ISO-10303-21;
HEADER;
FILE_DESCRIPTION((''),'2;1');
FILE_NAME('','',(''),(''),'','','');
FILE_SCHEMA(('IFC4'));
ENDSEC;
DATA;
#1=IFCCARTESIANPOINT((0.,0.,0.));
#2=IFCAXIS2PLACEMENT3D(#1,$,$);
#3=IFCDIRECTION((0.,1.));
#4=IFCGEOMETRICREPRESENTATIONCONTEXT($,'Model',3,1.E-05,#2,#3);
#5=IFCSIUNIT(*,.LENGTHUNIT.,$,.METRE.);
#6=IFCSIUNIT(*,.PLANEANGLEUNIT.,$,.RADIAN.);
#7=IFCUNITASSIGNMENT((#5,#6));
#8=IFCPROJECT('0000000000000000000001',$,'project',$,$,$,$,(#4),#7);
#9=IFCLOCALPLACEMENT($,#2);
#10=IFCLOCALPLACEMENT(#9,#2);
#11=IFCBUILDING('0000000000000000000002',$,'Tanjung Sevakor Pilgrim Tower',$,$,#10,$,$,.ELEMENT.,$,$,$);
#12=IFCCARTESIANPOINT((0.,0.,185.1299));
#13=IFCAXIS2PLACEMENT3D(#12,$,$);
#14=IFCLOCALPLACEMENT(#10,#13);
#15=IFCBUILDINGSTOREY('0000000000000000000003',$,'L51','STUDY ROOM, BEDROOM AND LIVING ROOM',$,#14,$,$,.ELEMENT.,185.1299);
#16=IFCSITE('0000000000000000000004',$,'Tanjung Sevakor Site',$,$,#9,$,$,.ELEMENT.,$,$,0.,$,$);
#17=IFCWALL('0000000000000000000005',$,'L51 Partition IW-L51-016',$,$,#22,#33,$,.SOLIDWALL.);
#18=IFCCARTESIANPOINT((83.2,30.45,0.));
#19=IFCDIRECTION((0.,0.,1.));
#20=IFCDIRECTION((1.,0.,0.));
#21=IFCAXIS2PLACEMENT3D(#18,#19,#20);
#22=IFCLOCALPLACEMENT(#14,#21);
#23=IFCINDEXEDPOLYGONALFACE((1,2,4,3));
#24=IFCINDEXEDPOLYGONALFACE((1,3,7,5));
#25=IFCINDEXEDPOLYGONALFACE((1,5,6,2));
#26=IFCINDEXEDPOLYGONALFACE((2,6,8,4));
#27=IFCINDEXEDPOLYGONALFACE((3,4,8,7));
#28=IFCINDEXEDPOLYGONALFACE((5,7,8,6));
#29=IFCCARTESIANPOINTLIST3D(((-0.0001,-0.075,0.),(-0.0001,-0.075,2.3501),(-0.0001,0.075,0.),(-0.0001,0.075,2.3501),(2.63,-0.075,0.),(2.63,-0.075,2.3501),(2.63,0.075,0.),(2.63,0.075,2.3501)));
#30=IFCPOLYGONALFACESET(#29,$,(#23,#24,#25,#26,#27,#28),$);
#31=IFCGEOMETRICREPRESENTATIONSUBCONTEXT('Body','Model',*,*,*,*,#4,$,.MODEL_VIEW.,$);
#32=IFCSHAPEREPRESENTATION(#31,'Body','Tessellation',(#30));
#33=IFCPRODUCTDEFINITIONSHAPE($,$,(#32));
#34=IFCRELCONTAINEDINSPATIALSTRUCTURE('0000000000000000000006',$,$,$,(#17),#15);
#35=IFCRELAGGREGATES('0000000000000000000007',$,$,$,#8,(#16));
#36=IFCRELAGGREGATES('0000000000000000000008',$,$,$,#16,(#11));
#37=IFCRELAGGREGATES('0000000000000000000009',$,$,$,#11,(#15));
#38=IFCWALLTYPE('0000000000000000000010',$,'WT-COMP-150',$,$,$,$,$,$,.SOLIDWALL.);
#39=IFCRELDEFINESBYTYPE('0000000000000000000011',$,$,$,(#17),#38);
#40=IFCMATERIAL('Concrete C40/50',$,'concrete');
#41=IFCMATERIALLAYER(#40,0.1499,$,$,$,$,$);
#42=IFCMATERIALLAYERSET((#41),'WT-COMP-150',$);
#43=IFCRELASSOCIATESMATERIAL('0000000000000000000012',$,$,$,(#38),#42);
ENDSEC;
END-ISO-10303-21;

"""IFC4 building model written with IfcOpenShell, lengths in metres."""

from ifc_helpers import new_model, si_unit, direction, frame, frame_2d, origin, place, context, subcontext, project, spatial, rectangle, extrude, material, layer, layer_set, type_object, element, save


model = new_model("IFC4")

# Units and contexts
model_context = context("Model", 3, precision=1e-05, world=origin(), true_north=direction((0.0, 1.0)))
body_context = subcontext(model_context, "Body", "Model", "MODEL_VIEW")
ifc_project = project(units=[si_unit("LENGTHUNIT", "METRE"), si_unit("PLANEANGLEUNIT", "RADIAN")], contexts=[model_context])

# Site, building, storey
site_placement = place(None, origin())
site = spatial("IfcSite", under=ifc_project, at=site_placement, Name="Tanjung Sevakor Site", CompositionType="ELEMENT", RefElevation=0.0)
building_placement = place(site_placement, origin())
building = spatial("IfcBuilding", under=site, at=building_placement, Name="Tanjung Sevakor Pilgrim Tower", CompositionType="ELEMENT")
storey_placement = place(building_placement, frame((0.0, 0.0, 185.1299)))
storey = spatial("IfcBuildingStorey", under=building, at=storey_placement, Name="L51", Description="STUDY ROOM, BEDROOM AND LIVING ROOM", CompositionType="ELEMENT", Elevation=185.1299)

# Wall
ifc_material_1 = material(Name="Concrete C40/50", Category="concrete")
ifc_layer_1 = layer(ifc_material_1, 0.1499)
ifc_layer_set_1 = layer_set([ifc_layer_1], Name="WT-COMP-150")
wall_type_1 = type_object("IfcWallType", Name="WT-COMP-150", PredefinedType="SOLIDWALL", material=ifc_layer_set_1)
wall_1_placement = place(storey_placement, frame((83.2, 30.45, 0.0), z_axis=(0.0, 0.0, 1.0), x_axis=(1.0, 0.0, 0.0)))
element("IfcWall", 1, at=wall_1_placement, inside=storey, type_object=wall_type_1, Name="L51 Partition IW-L51-016", PredefinedType="SOLIDWALL", context=body_context, shape_type="SweptSolid", body=[
    extrude(rectangle(XDim=2.6301, YDim=0.1499, at=frame_2d((1.3149, 0.0))), origin(), (0.0, 0.0, 1.0), 2.3501),
])

save(model, "model.ifc")
